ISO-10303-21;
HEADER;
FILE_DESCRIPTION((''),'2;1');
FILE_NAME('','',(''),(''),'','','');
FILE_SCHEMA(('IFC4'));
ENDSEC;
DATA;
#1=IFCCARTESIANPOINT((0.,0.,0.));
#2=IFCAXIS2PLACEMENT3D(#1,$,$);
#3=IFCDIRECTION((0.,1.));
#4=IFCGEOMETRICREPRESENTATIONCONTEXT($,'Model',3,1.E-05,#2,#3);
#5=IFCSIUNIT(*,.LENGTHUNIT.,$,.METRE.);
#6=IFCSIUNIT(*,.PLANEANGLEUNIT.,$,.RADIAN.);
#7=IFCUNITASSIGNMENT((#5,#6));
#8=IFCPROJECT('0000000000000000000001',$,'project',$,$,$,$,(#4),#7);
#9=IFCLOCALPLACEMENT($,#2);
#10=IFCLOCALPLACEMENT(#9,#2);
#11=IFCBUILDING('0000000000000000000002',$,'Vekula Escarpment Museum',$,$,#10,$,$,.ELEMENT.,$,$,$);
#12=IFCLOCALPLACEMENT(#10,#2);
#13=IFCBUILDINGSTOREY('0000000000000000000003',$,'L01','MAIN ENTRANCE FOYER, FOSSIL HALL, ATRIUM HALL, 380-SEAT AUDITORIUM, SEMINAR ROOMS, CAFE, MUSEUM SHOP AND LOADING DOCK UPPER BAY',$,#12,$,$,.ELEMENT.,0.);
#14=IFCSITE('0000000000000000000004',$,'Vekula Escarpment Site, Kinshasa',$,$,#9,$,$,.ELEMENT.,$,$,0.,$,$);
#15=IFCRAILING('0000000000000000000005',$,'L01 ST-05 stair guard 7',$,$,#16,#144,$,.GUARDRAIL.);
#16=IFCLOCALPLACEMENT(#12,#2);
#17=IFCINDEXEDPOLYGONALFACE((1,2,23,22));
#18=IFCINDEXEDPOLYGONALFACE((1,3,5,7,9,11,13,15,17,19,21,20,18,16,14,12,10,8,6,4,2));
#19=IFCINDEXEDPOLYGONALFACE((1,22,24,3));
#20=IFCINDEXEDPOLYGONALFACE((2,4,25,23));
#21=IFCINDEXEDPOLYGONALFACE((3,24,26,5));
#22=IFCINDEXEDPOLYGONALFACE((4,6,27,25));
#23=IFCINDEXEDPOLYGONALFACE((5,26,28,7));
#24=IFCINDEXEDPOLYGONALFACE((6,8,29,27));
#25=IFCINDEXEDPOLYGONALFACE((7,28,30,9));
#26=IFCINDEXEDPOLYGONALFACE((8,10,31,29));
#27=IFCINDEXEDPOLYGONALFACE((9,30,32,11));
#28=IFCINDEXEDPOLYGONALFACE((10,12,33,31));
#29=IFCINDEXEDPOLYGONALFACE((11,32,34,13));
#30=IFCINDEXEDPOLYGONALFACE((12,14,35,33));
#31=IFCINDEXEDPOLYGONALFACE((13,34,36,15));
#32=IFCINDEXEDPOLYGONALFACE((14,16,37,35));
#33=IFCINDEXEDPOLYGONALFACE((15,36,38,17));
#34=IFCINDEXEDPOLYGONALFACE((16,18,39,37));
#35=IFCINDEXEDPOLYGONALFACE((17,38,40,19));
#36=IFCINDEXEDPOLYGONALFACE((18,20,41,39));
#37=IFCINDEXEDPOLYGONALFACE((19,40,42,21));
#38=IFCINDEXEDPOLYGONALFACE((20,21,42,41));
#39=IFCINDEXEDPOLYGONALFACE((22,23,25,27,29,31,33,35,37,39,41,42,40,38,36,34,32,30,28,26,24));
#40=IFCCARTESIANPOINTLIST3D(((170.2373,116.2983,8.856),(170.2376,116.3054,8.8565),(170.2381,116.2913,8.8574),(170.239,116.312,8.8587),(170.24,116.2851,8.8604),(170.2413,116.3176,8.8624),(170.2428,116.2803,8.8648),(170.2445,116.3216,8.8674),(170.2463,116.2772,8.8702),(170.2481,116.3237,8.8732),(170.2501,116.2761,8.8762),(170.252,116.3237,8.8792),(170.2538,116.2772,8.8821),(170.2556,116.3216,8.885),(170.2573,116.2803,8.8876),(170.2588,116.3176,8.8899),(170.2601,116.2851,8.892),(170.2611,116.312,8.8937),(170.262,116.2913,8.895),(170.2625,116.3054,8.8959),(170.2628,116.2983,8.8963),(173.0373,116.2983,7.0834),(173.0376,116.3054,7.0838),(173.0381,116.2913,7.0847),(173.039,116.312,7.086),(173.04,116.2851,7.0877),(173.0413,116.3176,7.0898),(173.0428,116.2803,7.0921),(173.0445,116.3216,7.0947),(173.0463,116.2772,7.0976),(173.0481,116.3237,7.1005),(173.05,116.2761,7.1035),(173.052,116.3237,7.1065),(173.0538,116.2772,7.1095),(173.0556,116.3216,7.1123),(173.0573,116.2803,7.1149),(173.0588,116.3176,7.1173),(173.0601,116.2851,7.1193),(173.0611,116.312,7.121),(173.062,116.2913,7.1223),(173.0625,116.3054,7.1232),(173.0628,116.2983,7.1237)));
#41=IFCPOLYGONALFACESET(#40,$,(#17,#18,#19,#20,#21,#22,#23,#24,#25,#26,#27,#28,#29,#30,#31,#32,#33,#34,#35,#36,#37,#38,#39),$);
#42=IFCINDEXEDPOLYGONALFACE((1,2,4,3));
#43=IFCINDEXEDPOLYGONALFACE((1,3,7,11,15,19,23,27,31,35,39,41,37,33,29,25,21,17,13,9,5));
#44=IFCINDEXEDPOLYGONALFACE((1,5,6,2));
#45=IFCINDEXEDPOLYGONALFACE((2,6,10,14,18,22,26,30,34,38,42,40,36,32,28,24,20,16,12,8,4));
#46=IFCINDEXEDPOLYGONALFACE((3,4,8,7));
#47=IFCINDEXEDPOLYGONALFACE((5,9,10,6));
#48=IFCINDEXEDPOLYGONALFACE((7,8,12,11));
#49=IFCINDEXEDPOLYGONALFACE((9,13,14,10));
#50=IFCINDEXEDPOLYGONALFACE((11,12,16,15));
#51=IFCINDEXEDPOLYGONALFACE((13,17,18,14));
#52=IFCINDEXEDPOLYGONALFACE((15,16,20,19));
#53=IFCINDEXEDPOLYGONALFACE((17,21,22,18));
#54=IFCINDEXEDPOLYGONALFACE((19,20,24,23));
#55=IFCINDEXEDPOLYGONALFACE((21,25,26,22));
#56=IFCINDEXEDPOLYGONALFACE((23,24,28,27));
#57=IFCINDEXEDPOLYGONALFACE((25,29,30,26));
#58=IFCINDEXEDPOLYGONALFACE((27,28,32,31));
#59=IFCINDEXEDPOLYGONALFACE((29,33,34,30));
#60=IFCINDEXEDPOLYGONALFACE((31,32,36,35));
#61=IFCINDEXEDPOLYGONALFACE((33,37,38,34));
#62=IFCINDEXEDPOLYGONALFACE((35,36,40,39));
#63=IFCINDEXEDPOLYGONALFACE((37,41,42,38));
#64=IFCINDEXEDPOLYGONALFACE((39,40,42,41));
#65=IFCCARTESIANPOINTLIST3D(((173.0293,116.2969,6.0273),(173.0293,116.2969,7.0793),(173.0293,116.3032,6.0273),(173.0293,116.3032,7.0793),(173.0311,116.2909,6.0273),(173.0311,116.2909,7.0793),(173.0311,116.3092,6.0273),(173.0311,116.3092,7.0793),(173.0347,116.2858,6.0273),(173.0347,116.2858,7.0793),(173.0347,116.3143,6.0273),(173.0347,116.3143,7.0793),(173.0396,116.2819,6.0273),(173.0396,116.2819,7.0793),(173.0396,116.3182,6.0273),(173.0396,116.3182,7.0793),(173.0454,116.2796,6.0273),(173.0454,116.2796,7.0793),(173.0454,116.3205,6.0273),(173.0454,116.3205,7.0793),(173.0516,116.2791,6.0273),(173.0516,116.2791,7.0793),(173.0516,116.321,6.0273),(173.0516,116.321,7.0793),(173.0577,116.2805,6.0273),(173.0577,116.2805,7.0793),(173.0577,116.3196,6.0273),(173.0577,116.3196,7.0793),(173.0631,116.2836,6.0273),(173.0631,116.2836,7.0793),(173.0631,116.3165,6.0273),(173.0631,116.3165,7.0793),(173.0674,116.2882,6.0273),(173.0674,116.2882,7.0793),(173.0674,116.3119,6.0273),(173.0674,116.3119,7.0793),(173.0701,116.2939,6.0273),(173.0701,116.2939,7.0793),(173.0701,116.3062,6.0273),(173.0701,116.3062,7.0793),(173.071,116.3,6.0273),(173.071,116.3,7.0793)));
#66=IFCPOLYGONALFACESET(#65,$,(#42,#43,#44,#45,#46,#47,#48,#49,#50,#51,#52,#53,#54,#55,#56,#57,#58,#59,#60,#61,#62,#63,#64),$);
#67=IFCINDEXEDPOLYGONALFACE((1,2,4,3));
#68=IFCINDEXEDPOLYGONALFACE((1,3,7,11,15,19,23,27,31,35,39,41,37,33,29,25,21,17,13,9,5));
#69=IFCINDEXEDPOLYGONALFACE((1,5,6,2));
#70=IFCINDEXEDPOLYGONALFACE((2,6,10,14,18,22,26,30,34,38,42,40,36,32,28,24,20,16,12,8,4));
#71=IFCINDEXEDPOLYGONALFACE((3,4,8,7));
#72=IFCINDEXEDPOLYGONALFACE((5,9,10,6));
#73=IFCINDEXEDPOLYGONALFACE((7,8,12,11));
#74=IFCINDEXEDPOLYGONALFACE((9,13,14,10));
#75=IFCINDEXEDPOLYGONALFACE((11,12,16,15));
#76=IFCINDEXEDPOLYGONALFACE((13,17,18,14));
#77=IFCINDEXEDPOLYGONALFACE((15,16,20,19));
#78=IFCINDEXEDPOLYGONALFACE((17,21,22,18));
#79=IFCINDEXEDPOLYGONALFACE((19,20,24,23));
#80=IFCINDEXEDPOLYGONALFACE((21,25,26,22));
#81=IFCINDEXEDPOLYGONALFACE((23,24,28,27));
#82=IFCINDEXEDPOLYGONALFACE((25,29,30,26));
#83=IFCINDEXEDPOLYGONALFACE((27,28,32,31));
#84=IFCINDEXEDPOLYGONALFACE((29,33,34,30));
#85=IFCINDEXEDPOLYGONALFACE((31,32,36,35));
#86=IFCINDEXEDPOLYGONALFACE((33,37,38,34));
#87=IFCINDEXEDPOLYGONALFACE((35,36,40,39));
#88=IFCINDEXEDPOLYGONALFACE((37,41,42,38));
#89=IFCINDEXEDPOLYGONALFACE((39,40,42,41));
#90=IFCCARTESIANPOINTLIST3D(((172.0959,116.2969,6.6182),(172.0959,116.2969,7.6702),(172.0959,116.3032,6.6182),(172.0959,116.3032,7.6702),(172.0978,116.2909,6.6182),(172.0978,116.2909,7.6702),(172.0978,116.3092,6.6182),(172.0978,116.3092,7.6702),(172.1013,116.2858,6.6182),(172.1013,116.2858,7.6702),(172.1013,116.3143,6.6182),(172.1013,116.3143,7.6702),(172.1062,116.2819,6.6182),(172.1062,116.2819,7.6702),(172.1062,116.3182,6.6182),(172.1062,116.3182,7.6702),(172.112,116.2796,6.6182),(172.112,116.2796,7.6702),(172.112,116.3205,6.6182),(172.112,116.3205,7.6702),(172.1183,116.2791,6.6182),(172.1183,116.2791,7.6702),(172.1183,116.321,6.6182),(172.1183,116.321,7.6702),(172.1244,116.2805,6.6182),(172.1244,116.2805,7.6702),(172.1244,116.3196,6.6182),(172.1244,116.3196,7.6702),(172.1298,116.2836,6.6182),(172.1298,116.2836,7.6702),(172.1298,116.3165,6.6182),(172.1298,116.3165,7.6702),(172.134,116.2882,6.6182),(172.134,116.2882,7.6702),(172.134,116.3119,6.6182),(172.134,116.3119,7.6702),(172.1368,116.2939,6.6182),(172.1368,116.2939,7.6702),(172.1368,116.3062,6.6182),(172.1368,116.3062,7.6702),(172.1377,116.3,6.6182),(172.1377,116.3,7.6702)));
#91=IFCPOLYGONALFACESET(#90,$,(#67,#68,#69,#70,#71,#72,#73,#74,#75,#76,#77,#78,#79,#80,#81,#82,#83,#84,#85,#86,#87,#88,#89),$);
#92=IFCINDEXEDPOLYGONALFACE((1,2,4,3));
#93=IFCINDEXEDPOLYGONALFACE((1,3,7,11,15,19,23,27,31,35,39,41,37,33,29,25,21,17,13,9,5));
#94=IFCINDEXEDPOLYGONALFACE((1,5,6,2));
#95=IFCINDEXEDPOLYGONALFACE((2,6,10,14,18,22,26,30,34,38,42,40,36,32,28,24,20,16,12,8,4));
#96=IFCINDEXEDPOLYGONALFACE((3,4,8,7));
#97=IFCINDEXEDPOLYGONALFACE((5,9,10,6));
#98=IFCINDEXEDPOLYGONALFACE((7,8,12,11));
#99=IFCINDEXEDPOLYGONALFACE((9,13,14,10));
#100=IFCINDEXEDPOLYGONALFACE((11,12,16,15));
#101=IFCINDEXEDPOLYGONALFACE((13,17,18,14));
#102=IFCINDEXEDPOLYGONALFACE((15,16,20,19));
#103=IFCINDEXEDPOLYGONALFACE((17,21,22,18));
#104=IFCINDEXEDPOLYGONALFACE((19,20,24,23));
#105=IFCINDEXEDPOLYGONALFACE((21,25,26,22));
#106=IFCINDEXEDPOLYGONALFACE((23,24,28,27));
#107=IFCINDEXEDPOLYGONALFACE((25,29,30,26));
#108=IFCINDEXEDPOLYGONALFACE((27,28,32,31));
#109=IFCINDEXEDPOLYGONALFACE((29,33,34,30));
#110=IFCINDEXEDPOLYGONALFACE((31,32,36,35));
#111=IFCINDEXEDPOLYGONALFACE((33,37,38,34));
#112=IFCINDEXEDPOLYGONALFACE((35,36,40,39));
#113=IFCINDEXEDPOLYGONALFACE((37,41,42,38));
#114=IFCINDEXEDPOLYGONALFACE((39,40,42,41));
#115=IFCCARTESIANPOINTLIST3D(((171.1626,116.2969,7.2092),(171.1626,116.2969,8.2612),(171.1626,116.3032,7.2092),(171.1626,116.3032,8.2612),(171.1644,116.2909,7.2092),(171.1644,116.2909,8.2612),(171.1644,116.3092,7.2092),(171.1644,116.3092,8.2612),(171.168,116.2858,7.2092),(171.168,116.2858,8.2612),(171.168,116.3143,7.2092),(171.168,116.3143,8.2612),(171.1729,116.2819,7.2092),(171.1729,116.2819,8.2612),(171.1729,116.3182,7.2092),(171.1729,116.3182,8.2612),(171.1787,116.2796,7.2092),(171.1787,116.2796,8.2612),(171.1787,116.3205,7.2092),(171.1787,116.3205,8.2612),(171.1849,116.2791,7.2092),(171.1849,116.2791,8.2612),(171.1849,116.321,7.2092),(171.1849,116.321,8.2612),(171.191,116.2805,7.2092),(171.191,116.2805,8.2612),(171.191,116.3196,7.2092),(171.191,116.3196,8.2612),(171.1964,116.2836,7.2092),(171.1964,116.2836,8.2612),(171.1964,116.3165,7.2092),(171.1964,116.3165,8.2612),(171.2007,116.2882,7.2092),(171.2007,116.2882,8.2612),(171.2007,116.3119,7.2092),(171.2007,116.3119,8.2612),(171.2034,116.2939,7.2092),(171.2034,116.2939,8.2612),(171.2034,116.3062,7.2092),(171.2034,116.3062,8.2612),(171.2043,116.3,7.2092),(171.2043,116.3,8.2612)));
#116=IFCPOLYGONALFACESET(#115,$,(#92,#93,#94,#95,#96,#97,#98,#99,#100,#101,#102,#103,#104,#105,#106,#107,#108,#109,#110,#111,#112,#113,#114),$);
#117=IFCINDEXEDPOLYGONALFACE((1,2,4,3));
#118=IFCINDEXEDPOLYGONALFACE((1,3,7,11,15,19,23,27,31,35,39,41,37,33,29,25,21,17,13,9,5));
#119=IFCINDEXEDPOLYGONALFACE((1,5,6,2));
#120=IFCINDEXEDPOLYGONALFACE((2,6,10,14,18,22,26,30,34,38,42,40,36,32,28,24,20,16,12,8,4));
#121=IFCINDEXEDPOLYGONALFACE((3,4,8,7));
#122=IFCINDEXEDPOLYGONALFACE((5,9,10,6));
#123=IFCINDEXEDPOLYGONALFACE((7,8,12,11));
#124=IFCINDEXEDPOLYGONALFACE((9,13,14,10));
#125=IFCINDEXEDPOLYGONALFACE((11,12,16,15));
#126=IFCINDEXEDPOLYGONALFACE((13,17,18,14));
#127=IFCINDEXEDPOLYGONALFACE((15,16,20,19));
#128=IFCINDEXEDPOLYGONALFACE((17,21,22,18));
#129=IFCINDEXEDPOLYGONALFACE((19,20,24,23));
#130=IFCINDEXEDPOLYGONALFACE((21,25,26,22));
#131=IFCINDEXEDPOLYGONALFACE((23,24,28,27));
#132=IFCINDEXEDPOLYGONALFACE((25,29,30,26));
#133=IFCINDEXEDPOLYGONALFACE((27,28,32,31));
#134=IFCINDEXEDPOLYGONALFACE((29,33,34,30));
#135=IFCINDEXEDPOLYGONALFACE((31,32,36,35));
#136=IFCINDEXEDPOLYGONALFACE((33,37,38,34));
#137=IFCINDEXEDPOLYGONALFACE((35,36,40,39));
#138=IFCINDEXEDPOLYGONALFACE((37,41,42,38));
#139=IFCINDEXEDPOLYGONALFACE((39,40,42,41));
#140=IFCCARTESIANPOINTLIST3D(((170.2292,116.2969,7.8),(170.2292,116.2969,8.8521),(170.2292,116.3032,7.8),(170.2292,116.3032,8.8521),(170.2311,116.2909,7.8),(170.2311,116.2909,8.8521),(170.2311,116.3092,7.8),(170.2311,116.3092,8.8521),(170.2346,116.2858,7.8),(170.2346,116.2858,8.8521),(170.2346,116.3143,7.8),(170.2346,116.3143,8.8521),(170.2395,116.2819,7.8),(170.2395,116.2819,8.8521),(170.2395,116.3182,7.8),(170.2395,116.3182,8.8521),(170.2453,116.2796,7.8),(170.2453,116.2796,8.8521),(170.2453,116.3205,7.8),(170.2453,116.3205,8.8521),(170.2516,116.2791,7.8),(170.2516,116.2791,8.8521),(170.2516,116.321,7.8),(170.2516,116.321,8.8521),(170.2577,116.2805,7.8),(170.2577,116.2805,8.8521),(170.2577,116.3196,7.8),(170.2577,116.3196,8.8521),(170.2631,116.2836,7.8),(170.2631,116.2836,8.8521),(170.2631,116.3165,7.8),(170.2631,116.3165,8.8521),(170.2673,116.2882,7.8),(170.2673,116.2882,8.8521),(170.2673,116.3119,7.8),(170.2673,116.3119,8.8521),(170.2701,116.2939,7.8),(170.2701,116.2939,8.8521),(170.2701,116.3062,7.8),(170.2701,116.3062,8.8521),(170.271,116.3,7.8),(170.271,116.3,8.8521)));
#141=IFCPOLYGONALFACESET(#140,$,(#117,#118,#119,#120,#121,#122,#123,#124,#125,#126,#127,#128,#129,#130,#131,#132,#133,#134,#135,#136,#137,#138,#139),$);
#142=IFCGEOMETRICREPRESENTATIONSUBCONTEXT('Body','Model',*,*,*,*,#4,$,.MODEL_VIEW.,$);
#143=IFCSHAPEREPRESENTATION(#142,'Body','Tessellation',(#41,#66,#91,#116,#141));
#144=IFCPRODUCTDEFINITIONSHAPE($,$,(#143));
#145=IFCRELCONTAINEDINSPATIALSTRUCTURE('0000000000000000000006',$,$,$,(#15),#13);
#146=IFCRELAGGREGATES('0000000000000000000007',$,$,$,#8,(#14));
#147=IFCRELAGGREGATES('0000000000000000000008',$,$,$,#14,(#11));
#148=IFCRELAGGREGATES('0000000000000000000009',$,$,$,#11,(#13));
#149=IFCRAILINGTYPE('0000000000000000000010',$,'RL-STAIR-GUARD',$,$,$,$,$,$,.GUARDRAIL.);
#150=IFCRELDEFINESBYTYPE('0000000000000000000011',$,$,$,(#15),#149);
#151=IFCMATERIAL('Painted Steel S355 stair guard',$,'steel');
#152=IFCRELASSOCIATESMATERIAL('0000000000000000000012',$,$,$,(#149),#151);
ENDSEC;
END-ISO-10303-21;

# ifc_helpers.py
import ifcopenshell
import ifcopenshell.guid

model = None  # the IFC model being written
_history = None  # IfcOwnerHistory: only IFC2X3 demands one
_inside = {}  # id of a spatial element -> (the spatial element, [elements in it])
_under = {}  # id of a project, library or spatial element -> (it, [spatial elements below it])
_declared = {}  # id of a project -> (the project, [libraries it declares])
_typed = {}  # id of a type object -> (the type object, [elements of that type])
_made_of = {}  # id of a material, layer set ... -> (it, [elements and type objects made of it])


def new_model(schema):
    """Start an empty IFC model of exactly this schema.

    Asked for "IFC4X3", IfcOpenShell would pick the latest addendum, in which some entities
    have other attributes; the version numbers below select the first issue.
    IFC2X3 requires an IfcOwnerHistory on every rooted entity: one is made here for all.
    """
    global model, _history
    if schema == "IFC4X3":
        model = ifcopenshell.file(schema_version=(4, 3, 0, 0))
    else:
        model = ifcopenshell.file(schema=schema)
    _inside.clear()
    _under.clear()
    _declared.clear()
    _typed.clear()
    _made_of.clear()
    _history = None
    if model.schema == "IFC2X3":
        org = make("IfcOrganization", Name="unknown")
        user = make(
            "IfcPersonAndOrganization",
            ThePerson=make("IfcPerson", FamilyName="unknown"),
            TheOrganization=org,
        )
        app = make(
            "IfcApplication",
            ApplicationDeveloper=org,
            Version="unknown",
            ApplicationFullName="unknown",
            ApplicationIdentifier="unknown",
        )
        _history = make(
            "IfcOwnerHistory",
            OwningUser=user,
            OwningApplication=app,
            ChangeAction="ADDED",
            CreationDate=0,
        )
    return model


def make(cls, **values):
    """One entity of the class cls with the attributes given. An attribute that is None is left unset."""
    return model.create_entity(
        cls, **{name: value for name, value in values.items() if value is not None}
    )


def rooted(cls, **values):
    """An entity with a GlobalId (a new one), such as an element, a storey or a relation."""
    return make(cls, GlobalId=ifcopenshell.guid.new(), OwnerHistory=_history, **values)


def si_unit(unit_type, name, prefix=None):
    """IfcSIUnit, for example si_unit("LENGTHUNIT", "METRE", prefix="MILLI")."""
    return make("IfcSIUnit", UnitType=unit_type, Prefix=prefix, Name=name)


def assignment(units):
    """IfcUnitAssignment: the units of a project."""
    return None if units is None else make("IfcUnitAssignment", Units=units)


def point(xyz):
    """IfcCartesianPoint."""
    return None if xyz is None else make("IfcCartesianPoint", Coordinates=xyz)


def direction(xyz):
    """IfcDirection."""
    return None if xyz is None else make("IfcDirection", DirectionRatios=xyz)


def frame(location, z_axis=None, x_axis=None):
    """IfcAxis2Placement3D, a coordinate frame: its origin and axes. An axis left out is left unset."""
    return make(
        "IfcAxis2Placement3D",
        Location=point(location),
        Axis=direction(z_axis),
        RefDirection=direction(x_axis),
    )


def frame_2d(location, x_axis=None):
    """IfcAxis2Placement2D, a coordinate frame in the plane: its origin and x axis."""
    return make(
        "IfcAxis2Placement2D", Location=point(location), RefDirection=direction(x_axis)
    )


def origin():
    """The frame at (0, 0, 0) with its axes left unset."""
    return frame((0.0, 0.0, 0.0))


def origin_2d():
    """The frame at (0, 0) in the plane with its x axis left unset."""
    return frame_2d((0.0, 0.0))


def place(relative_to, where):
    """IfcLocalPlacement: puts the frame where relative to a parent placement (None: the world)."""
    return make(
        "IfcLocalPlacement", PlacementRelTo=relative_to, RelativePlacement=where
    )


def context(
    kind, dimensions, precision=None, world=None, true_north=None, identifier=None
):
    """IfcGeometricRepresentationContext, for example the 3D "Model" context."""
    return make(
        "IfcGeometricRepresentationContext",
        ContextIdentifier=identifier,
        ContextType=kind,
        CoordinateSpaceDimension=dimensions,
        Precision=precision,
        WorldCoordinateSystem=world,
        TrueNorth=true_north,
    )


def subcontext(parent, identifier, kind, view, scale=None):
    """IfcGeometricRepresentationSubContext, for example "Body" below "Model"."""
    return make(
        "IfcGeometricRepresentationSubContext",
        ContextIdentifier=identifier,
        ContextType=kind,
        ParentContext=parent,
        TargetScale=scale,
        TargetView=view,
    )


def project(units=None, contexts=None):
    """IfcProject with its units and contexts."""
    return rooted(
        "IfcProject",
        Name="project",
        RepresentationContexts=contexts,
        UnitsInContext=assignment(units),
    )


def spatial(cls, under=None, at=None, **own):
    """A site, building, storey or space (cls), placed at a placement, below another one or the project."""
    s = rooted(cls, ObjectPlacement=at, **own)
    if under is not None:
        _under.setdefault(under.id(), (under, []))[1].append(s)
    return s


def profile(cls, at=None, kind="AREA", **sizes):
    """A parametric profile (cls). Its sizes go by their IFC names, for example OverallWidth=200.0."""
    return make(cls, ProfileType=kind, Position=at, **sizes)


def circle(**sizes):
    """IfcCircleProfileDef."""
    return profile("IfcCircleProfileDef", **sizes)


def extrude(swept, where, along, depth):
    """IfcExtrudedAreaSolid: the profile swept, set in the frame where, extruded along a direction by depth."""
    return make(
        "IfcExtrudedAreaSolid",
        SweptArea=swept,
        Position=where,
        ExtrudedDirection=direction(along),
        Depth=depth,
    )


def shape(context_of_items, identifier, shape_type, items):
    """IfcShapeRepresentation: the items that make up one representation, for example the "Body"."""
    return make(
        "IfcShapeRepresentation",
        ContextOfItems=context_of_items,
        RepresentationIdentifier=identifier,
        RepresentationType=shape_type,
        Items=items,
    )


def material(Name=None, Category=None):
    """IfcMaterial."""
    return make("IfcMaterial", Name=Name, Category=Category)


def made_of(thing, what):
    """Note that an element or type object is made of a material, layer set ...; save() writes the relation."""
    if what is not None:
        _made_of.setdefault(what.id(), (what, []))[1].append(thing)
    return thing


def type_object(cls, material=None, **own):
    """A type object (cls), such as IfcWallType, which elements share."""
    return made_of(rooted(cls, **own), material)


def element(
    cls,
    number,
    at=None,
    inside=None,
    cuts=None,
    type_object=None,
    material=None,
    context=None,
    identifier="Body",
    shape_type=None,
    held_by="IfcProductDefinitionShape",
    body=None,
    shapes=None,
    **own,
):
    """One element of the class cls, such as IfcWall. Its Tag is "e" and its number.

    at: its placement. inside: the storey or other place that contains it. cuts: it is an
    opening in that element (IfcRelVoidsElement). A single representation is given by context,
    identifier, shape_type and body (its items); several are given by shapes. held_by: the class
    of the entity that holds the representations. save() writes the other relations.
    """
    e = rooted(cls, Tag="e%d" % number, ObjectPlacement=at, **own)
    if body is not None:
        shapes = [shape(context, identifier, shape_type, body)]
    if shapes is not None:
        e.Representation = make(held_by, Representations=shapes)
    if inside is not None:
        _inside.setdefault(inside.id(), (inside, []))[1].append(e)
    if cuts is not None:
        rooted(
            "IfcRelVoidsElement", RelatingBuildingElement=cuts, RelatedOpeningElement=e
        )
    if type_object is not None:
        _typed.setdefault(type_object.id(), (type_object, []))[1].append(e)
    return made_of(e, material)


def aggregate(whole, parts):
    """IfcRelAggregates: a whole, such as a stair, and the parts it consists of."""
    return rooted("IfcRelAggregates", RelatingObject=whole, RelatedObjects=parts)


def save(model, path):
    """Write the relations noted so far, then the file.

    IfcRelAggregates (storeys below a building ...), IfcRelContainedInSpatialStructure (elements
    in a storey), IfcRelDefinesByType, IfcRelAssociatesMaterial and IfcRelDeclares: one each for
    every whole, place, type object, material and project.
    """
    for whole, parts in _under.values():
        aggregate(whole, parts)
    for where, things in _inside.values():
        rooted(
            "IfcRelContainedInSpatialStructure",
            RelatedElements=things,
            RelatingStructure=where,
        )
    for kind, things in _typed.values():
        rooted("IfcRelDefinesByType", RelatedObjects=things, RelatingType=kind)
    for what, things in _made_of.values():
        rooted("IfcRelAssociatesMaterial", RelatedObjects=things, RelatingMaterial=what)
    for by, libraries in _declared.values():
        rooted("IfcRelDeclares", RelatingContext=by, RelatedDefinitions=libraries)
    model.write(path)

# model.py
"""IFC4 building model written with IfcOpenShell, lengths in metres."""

from ifc_helpers import new_model, si_unit, direction, frame, origin, origin_2d, place, context, subcontext, project, spatial, circle, extrude, material, type_object, element, save


model = new_model("IFC4")

# Units and contexts
model_context = context("Model", 3, precision=1e-05, world=origin(), true_north=direction((0.0, 1.0)))
body_context = subcontext(model_context, "Body", "Model", "MODEL_VIEW")
ifc_project = project(units=[si_unit("LENGTHUNIT", "METRE"), si_unit("PLANEANGLEUNIT", "RADIAN")], contexts=[model_context])

# Site, building, storey
site_placement = place(None, origin())
site = spatial("IfcSite", under=ifc_project, at=site_placement, Name="Vekula Escarpment Site, Kinshasa", CompositionType="ELEMENT", RefElevation=0.0)
building_placement = place(site_placement, origin())
building = spatial("IfcBuilding", under=site, at=building_placement, Name="Vekula Escarpment Museum", CompositionType="ELEMENT")
storey_placement = place(building_placement, origin())
storey = spatial("IfcBuildingStorey", under=building, at=storey_placement, Name="L01", Description="MAIN ENTRANCE FOYER, FOSSIL HALL, ATRIUM HALL, 380-SEAT AUDITORIUM, SEMINAR ROOMS, CAFE, MUSEUM SHOP AND LOADING DOCK UPPER BAY", CompositionType="ELEMENT", Elevation=0.0)

# Railing
ifc_material_1 = material(Name="Painted Steel S355 stair guard", Category="steel")
railing_type_1 = type_object("IfcRailingType", Name="RL-STAIR-GUARD", PredefinedType="GUARDRAIL", material=ifc_material_1)
railing_1_placement = place(storey_placement, frame((173.05, 116.3, 6.0273)))
element("IfcRailing", 1, at=railing_1_placement, inside=storey, type_object=railing_type_1, Name="L01 ST-05 stair guard 7", PredefinedType="GUARDRAIL", context=body_context, shape_type="SweptSolid", body=[
    extrude(circle(Radius=0.0239, at=origin_2d()), frame((0.0, 0.0, 1.0762), z_axis=(-0.844909, 0.0, 0.53491), x_axis=(0.0, -1.0, 0.0)), (0.0, 0.0, 1.0), 3.314),
    extrude(circle(Radius=0.021, at=origin_2d()), origin(), (0.0, 0.0, 1.0), 1.052),
    extrude(circle(Radius=0.021, at=origin_2d()), frame((-0.9333, 0.0, 0.5908)), (0.0, 0.0, 1.0), 1.052),
    extrude(circle(Radius=0.021, at=origin_2d()), frame((-1.8667, 0.0, 1.1819)), (0.0, 0.0, 1.0), 1.052),
    extrude(circle(Radius=0.021, at=origin_2d()), frame((-2.8, 0.0, 1.7727)), (0.0, 0.0, 1.0), 1.052),
])

save(model, "model.ifc")
